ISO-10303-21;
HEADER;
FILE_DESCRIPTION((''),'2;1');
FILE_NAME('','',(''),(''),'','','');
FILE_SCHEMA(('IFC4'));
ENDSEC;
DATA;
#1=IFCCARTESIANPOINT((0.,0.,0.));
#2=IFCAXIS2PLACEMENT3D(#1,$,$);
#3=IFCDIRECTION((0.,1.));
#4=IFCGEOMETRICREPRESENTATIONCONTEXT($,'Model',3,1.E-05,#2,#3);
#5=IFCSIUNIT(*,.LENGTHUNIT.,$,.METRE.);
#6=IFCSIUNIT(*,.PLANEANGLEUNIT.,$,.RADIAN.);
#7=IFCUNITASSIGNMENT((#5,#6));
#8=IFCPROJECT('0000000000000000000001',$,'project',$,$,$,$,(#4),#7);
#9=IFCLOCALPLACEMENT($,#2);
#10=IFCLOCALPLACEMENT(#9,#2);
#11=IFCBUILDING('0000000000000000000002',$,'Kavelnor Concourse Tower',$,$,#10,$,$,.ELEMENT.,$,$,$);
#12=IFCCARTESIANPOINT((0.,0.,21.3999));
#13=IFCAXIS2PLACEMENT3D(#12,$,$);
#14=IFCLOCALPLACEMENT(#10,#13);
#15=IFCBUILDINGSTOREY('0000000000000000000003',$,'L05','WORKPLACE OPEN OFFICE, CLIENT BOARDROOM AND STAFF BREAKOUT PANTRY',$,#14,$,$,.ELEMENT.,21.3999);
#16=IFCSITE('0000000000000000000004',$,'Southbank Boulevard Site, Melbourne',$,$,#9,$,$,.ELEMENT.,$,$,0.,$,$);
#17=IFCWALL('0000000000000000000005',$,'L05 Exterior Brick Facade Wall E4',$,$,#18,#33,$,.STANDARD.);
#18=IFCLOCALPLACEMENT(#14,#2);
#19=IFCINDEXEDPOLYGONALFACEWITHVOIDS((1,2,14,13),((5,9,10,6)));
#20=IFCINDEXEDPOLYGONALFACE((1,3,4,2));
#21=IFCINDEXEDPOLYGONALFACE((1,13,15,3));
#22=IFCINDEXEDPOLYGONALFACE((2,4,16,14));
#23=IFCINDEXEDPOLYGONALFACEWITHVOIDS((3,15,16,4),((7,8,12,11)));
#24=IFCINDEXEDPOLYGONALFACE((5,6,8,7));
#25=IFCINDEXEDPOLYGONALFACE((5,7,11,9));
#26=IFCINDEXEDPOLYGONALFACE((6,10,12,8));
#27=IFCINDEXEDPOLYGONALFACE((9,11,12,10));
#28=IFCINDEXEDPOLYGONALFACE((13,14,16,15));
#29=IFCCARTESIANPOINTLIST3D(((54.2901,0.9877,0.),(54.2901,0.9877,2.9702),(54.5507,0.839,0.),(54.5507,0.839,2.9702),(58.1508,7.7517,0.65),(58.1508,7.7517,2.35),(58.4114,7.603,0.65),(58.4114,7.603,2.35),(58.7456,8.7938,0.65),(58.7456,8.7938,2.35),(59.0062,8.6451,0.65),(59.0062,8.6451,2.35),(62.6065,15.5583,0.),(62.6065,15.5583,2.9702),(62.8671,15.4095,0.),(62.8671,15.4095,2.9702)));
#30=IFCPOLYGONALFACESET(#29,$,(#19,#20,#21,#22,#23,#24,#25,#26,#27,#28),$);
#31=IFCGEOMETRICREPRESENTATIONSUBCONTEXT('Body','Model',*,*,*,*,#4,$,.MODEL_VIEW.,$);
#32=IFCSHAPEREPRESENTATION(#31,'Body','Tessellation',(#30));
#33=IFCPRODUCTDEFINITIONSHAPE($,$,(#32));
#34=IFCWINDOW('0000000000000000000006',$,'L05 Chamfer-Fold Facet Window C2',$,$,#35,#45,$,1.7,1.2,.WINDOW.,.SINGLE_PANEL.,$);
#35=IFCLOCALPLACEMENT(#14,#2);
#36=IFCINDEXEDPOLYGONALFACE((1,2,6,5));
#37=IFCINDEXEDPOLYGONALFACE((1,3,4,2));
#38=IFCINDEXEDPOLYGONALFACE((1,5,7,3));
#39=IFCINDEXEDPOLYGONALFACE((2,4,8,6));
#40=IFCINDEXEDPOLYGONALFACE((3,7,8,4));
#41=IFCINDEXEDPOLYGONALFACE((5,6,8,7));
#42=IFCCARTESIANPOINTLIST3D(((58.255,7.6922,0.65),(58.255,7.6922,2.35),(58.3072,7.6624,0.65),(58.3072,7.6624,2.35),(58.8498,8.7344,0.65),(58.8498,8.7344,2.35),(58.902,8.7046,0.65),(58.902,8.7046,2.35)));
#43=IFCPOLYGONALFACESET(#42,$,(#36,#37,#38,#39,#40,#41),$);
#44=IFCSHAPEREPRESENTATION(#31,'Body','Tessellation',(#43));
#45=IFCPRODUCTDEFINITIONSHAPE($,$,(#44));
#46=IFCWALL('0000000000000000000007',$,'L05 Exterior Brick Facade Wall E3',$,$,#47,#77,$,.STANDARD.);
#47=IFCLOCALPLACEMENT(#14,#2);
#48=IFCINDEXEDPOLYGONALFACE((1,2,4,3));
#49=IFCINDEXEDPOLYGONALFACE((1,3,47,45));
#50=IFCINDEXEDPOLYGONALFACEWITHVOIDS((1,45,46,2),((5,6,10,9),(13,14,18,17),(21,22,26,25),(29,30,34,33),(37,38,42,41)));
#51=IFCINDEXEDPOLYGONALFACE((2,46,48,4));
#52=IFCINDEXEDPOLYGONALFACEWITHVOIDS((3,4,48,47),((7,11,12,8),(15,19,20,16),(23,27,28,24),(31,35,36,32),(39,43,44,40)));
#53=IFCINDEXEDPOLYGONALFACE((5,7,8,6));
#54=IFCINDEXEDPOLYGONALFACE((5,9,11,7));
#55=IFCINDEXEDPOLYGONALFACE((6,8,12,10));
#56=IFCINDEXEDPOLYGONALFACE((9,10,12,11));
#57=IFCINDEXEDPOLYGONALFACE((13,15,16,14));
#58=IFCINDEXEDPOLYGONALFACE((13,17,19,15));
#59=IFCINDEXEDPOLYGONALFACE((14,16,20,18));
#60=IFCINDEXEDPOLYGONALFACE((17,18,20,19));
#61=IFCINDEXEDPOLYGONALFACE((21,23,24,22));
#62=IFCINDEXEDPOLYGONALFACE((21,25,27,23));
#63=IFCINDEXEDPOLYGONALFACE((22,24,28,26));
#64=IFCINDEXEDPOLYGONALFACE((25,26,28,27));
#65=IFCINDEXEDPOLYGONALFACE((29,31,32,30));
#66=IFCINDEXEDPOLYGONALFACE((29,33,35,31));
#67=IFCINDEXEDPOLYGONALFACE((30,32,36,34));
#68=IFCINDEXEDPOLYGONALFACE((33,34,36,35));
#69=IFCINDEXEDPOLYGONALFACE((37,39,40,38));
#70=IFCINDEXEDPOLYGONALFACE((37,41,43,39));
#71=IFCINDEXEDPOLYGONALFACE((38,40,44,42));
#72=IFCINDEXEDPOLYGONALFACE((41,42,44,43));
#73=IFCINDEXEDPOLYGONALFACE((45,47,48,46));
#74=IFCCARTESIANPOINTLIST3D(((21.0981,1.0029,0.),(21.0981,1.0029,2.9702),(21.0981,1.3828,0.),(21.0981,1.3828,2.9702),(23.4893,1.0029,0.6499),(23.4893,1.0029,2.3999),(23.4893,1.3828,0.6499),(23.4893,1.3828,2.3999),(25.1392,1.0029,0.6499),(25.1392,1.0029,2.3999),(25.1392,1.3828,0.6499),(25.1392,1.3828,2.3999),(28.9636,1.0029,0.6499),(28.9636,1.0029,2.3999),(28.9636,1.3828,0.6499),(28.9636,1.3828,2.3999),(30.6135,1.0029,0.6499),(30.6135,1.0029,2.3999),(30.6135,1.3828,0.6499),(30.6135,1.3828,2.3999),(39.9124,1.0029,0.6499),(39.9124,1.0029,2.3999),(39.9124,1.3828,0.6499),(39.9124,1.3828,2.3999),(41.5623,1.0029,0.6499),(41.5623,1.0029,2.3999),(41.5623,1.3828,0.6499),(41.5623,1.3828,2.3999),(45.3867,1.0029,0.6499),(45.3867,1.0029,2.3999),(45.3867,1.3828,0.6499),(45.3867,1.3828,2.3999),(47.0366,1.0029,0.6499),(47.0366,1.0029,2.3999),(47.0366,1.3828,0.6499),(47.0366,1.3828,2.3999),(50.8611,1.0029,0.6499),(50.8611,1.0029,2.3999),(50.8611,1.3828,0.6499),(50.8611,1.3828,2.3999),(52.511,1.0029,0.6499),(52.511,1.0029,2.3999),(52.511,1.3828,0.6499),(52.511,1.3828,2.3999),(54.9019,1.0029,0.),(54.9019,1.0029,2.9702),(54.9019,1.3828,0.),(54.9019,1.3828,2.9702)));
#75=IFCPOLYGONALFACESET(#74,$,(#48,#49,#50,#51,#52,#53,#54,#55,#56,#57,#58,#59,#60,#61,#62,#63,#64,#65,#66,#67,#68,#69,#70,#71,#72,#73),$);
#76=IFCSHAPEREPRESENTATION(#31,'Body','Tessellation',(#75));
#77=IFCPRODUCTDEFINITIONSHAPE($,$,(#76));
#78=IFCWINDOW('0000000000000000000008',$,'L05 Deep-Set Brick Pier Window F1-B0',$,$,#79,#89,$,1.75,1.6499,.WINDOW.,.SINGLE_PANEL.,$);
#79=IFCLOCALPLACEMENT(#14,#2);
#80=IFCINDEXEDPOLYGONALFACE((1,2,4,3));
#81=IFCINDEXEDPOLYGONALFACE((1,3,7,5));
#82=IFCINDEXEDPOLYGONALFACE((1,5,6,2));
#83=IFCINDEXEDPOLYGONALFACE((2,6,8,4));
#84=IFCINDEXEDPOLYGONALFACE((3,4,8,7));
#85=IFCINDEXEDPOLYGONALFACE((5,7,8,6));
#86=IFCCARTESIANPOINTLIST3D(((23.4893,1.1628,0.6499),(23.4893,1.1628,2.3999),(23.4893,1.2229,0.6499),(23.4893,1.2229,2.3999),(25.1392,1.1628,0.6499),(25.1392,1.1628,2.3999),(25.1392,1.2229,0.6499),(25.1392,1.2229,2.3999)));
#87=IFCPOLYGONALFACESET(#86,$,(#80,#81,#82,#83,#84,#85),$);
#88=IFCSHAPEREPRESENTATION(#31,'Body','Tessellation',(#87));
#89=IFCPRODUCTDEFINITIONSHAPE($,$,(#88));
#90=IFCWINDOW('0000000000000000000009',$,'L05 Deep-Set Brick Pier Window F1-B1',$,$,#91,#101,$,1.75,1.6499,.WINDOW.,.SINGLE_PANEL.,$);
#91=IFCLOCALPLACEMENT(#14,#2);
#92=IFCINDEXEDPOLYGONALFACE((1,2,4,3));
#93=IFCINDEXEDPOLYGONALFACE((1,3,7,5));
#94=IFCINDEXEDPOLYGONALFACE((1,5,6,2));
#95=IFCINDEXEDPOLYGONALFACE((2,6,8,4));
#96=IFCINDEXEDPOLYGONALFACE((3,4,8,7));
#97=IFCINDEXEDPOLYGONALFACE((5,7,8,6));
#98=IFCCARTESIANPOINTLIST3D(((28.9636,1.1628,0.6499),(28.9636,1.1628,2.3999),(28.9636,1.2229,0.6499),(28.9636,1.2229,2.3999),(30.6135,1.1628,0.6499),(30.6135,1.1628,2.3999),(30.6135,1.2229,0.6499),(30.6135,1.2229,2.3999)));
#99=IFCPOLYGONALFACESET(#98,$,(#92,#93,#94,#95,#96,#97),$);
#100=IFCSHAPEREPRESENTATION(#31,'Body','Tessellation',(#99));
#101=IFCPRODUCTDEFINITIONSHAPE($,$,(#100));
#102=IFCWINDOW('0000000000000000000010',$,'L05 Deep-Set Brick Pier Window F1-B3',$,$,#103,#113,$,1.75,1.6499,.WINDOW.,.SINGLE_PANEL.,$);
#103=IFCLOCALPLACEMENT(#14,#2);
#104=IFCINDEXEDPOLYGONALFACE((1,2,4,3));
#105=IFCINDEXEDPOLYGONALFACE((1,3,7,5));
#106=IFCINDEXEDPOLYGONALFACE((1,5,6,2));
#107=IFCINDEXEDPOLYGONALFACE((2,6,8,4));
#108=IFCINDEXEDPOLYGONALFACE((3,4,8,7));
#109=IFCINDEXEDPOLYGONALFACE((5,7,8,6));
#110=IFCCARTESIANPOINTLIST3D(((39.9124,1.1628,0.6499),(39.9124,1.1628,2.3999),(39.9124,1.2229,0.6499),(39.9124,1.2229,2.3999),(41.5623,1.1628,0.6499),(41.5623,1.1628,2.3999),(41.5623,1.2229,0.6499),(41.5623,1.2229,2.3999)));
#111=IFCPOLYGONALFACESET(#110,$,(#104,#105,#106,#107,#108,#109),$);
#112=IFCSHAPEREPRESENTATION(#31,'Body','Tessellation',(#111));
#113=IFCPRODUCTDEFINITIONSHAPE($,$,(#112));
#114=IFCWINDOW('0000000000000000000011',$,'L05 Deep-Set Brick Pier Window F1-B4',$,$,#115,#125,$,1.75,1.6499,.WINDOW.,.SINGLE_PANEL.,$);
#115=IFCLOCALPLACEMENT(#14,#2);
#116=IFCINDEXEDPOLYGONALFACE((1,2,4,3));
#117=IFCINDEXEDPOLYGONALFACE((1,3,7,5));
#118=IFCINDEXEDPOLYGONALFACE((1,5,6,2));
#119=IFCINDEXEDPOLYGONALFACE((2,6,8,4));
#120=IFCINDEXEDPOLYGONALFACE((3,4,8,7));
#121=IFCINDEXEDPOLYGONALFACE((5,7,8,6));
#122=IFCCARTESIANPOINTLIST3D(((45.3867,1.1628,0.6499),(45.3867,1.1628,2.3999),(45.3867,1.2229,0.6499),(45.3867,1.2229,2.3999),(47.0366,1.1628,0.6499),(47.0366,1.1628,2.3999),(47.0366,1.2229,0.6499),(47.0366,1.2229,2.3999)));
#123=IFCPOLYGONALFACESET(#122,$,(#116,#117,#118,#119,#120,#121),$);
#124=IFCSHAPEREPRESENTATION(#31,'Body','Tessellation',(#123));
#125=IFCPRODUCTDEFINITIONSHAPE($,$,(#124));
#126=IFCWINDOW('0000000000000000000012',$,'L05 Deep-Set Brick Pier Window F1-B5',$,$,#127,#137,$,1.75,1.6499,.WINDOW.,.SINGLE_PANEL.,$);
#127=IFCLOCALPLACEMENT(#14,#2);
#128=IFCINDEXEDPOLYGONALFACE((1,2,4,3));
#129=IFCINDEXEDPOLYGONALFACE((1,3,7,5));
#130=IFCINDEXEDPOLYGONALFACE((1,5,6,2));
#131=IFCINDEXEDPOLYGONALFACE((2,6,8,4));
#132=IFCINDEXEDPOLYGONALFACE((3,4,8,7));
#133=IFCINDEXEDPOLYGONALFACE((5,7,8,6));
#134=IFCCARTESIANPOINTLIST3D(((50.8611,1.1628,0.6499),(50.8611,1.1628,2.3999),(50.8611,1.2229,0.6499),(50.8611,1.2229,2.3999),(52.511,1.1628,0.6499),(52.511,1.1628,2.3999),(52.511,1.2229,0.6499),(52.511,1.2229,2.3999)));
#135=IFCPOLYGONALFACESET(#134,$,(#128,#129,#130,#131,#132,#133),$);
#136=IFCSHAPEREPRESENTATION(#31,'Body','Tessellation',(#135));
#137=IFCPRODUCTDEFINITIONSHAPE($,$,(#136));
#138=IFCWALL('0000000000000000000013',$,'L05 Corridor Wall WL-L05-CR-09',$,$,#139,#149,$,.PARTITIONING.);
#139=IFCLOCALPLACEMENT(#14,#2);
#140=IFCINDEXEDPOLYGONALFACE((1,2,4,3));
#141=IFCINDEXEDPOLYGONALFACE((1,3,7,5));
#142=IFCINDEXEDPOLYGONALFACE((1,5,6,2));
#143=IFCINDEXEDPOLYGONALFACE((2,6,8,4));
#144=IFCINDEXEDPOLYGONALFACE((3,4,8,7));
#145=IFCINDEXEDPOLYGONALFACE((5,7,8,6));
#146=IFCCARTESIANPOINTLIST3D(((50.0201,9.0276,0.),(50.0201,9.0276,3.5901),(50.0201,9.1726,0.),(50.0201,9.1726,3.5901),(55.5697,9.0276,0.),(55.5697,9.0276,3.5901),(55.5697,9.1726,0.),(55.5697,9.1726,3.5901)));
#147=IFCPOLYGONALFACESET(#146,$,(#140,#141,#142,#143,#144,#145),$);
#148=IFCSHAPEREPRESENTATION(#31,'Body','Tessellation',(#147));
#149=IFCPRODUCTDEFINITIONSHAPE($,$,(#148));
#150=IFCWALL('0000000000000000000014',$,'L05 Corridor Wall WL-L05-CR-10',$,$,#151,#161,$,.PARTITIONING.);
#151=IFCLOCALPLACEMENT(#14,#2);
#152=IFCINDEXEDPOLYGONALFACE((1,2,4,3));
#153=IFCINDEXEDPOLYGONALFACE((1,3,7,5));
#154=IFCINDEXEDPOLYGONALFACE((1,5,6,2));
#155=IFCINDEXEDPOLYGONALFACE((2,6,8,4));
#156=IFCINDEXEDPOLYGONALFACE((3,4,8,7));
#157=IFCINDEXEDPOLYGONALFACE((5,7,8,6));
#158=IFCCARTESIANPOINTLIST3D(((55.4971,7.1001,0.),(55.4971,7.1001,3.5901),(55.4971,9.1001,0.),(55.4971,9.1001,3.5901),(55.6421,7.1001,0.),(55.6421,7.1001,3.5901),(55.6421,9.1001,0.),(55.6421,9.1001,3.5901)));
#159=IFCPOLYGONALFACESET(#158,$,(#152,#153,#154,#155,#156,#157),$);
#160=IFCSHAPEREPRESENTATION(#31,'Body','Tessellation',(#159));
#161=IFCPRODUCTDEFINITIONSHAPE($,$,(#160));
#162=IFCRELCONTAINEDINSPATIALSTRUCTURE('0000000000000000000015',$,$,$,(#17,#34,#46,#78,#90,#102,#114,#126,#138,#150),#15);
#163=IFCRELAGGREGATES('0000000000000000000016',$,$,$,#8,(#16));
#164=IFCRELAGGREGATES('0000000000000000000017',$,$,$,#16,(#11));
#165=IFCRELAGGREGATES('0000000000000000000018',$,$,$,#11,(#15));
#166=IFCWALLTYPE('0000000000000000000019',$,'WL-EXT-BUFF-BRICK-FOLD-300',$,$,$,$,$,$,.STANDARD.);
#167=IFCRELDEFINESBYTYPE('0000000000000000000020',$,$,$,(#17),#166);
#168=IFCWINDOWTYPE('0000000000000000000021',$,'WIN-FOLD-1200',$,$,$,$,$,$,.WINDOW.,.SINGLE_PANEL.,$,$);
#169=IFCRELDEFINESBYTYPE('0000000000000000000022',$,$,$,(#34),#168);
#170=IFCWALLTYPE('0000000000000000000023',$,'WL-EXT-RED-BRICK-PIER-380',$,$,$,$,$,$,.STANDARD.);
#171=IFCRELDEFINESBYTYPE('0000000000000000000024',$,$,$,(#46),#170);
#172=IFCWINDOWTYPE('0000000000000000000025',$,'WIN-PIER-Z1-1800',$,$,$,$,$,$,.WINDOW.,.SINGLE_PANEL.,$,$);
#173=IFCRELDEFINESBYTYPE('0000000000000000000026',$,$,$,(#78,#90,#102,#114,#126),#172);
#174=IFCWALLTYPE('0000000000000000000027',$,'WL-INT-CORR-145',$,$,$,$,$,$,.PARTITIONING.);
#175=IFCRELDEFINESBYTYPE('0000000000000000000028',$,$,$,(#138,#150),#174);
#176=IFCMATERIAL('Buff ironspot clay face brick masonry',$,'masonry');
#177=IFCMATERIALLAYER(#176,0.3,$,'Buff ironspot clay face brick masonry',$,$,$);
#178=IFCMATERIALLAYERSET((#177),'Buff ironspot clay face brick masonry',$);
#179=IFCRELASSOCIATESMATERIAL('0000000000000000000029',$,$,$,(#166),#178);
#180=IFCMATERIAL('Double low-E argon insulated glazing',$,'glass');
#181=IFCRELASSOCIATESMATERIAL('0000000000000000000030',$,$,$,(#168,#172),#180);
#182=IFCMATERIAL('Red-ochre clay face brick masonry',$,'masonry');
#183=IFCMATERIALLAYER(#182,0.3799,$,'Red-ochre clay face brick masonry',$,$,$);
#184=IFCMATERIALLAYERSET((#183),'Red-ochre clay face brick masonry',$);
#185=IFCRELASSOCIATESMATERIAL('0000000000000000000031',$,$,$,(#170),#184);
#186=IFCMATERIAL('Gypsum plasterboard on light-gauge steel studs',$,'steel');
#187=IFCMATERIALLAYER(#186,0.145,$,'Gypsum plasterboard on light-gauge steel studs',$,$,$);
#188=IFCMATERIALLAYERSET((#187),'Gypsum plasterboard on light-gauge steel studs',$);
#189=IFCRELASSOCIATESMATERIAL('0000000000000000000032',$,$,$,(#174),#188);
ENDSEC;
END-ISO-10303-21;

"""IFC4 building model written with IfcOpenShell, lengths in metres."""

from ifc_helpers import new_model, si_unit, direction, frame, frame_2d, origin, place, context, subcontext, project, spatial, rectangle, extrude, material, layer, layer_set, type_object, element, fill, save


model = new_model("IFC4")

# Units and contexts
model_context = context("Model", 3, precision=1e-05, world=origin(), true_north=direction((0.0, 1.0)))
body_context = subcontext(model_context, "Body", "Model", "MODEL_VIEW")
ifc_project = project(units=[si_unit("LENGTHUNIT", "METRE"), si_unit("PLANEANGLEUNIT", "RADIAN")], contexts=[model_context])

# Site, building, storey
site_placement = place(None, origin())
site = spatial("IfcSite", under=ifc_project, at=site_placement, Name="Southbank Boulevard Site, Melbourne", CompositionType="ELEMENT", RefElevation=0.0)
building_placement = place(site_placement, origin())
building = spatial("IfcBuilding", under=site, at=building_placement, Name="Kavelnor Concourse Tower", CompositionType="ELEMENT")
storey_placement = place(building_placement, frame((0.0, 0.0, 21.3999)))
storey = spatial("IfcBuildingStorey", under=building, at=storey_placement, Name="L05", Description="WORKPLACE OPEN OFFICE, CLIENT BOARDROOM AND STAFF BREAKOUT PANTRY", CompositionType="ELEMENT", Elevation=21.3999)

# Wall, opening, window
ifc_material_1 = material(Name="Buff ironspot clay face brick masonry", Category="masonry")
ifc_layer_1 = layer(ifc_material_1, 0.3, Name="Buff ironspot clay face brick masonry")
ifc_layer_set_1 = layer_set([ifc_layer_1], Name="Buff ironspot clay face brick masonry")
wall_type_1 = type_object("IfcWallType", Name="WL-EXT-BUFF-BRICK-FOLD-300", PredefinedType="STANDARD", material=ifc_layer_set_1)
wall_1_placement = place(storey_placement, frame((62.7368, 15.4839, 0.0), z_axis=(0.0, 0.0, 1.0), x_axis=(-0.495706, -0.86849, 0.0)))
wall_1 = element("IfcWall", 1, at=wall_1_placement, inside=storey, type_object=wall_type_1, Name="L05 Exterior Brick Facade Wall E4", PredefinedType="STANDARD", context=body_context, shape_type="SweptSolid", body=[
    extrude(rectangle(XDim=16.7769, YDim=0.3, at=frame_2d((8.3884, 0.0))), origin(), (0.0, 0.0, 1.0), 2.9702),
])
opening_1_placement = place(wall_1_placement, frame((7.7886, 0.0, 0.6499)))
opening_1 = element("IfcOpeningElement", 2, at=opening_1_placement, cuts=wall_1, PredefinedType="OPENING", context=body_context, shape_type="SweptSolid", body=[
    extrude(rectangle(XDim=1.2, YDim=1.7, at=frame_2d((0.6001, 0.8501))), frame((0.0, 0.1602, 0.0), z_axis=(0.0, -1.0, 0.0), x_axis=(1.0, 0.0, 0.0)), (0.0, 0.0, 1.0), 0.3201),
])
ifc_material_2 = material(Name="Double low-E argon insulated glazing", Category="glass")
window_type_1 = type_object("IfcWindowType", Name="WIN-FOLD-1200", PartitioningType="SINGLE_PANEL", PredefinedType="WINDOW", material=ifc_material_2)
window_1_placement = place(opening_1_placement, origin())
window_1 = element("IfcWindow", 3, at=window_1_placement, inside=storey, type_object=window_type_1, Name="L05 Chamfer-Fold Facet Window C2", OverallHeight=1.7, OverallWidth=1.2, PartitioningType="SINGLE_PANEL", PredefinedType="WINDOW", context=body_context, shape_type="SweptSolid", body=[
    extrude(rectangle(XDim=1.2, YDim=1.7, at=frame_2d((0.6001, 0.8501))), frame((0.0, 0.03, 0.0), z_axis=(0.0, -1.0, 0.0), x_axis=(1.0, 0.0, 0.0)), (0.0, 0.0, 1.0), 0.0601),
])
fill(opening_1, window_1)

# Wall, openings, windows
ifc_material_3 = material(Name="Red-ochre clay face brick masonry", Category="masonry")
ifc_layer_2 = layer(ifc_material_3, 0.3799, Name="Red-ochre clay face brick masonry")
ifc_layer_set_2 = layer_set([ifc_layer_2], Name="Red-ochre clay face brick masonry")
wall_type_2 = type_object("IfcWallType", Name="WL-EXT-RED-BRICK-PIER-380", PredefinedType="STANDARD", material=ifc_layer_set_2)
wall_2_placement = place(storey_placement, frame((54.9019, 1.1929, 0.0), z_axis=(0.0, 0.0, 1.0), x_axis=(-1.0, 0.0, 0.0)))
wall_2 = element("IfcWall", 4, at=wall_2_placement, inside=storey, type_object=wall_type_2, Name="L05 Exterior Brick Facade Wall E3", PredefinedType="STANDARD", context=body_context, shape_type="SweptSolid", body=[
    extrude(rectangle(XDim=33.8037, YDim=0.3799, at=frame_2d((16.9019, 0.0))), origin(), (0.0, 0.0, 1.0), 2.9702),
])
opening_2_placement = place(wall_2_placement, frame((29.7627, 0.0, 0.6499)))
opening_2 = element("IfcOpeningElement", 5, at=opening_2_placement, cuts=wall_2, PredefinedType="OPENING", context=body_context, shape_type="SweptSolid", body=[
    extrude(rectangle(XDim=1.6499, YDim=1.75, at=frame_2d((0.825, 0.875))), frame((0.0, 0.2, 0.0), z_axis=(0.0, -1.0, 0.0), x_axis=(1.0, 0.0, 0.0)), (0.0, 0.0, 1.0), 0.3999),
])
opening_3_placement = place(wall_2_placement, frame((24.2883, 0.0, 0.6499)))
opening_3 = element("IfcOpeningElement", 6, at=opening_3_placement, cuts=wall_2, PredefinedType="OPENING", context=body_context, shape_type="SweptSolid", body=[
    extrude(rectangle(XDim=1.6499, YDim=1.75, at=frame_2d((0.825, 0.875))), frame((0.0, 0.2, 0.0), z_axis=(0.0, -1.0, 0.0), x_axis=(1.0, 0.0, 0.0)), (0.0, 0.0, 1.0), 0.3999),
])
opening_4_placement = place(wall_2_placement, frame((13.3396, 0.0, 0.6499)))
opening_4 = element("IfcOpeningElement", 7, at=opening_4_placement, cuts=wall_2, PredefinedType="OPENING", context=body_context, shape_type="SweptSolid", body=[
    extrude(rectangle(XDim=1.6499, YDim=1.75, at=frame_2d((0.825, 0.875))), frame((0.0, 0.2, 0.0), z_axis=(0.0, -1.0, 0.0), x_axis=(1.0, 0.0, 0.0)), (0.0, 0.0, 1.0), 0.3999),
])
opening_5_placement = place(wall_2_placement, frame((7.8652, 0.0, 0.6499)))
opening_5 = element("IfcOpeningElement", 8, at=opening_5_placement, cuts=wall_2, PredefinedType="OPENING", context=body_context, shape_type="SweptSolid", body=[
    extrude(rectangle(XDim=1.6499, YDim=1.75, at=frame_2d((0.825, 0.875))), frame((0.0, 0.2, 0.0), z_axis=(0.0, -1.0, 0.0), x_axis=(1.0, 0.0, 0.0)), (0.0, 0.0, 1.0), 0.3999),
])
opening_6_placement = place(wall_2_placement, frame((2.3909, 0.0, 0.6499)))
opening_6 = element("IfcOpeningElement", 9, at=opening_6_placement, cuts=wall_2, PredefinedType="OPENING", context=body_context, shape_type="SweptSolid", body=[
    extrude(rectangle(XDim=1.6499, YDim=1.75, at=frame_2d((0.825, 0.875))), frame((0.0, 0.2, 0.0), z_axis=(0.0, -1.0, 0.0), x_axis=(1.0, 0.0, 0.0)), (0.0, 0.0, 1.0), 0.3999),
])
window_type_2 = type_object("IfcWindowType", Name="WIN-PIER-Z1-1800", PartitioningType="SINGLE_PANEL", PredefinedType="WINDOW", material=ifc_material_2)
window_2_placement = place(opening_2_placement, origin())
window_2 = element("IfcWindow", 10, at=window_2_placement, inside=storey, type_object=window_type_2, Name="L05 Deep-Set Brick Pier Window F1-B0", OverallHeight=1.75, OverallWidth=1.6499, PartitioningType="SINGLE_PANEL", PredefinedType="WINDOW", context=body_context, shape_type="SweptSolid", body=[
    extrude(rectangle(XDim=1.6499, YDim=1.75, at=frame_2d((0.825, 0.875))), frame((0.0, 0.03, 0.0), z_axis=(0.0, -1.0, 0.0), x_axis=(1.0, 0.0, 0.0)), (0.0, 0.0, 1.0), 0.0601),
])
fill(opening_2, window_2)
window_3_placement = place(opening_3_placement, origin())
window_3 = element("IfcWindow", 11, at=window_3_placement, inside=storey, type_object=window_type_2, Name="L05 Deep-Set Brick Pier Window F1-B1", OverallHeight=1.75, OverallWidth=1.6499, PartitioningType="SINGLE_PANEL", PredefinedType="WINDOW", context=body_context, shape_type="SweptSolid", body=[
    extrude(rectangle(XDim=1.6499, YDim=1.75, at=frame_2d((0.825, 0.875))), frame((0.0, 0.03, 0.0), z_axis=(0.0, -1.0, 0.0), x_axis=(1.0, 0.0, 0.0)), (0.0, 0.0, 1.0), 0.0601),
])
fill(opening_3, window_3)
window_4_placement = place(opening_4_placement, origin())
window_4 = element("IfcWindow", 12, at=window_4_placement, inside=storey, type_object=window_type_2, Name="L05 Deep-Set Brick Pier Window F1-B3", OverallHeight=1.75, OverallWidth=1.6499, PartitioningType="SINGLE_PANEL", PredefinedType="WINDOW", context=body_context, shape_type="SweptSolid", body=[
    extrude(rectangle(XDim=1.6499, YDim=1.75, at=frame_2d((0.825, 0.875))), frame((0.0, 0.03, 0.0), z_axis=(0.0, -1.0, 0.0), x_axis=(1.0, 0.0, 0.0)), (0.0, 0.0, 1.0), 0.0601),
])
fill(opening_4, window_4)
window_5_placement = place(opening_5_placement, origin())
window_5 = element("IfcWindow", 13, at=window_5_placement, inside=storey, type_object=window_type_2, Name="L05 Deep-Set Brick Pier Window F1-B4", OverallHeight=1.75, OverallWidth=1.6499, PartitioningType="SINGLE_PANEL", PredefinedType="WINDOW", context=body_context, shape_type="SweptSolid", body=[
    extrude(rectangle(XDim=1.6499, YDim=1.75, at=frame_2d((0.825, 0.875))), frame((0.0, 0.03, 0.0), z_axis=(0.0, -1.0, 0.0), x_axis=(1.0, 0.0, 0.0)), (0.0, 0.0, 1.0), 0.0601),
])
fill(opening_5, window_5)
window_6_placement = place(opening_6_placement, origin())
window_6 = element("IfcWindow", 14, at=window_6_placement, inside=storey, type_object=window_type_2, Name="L05 Deep-Set Brick Pier Window F1-B5", OverallHeight=1.75, OverallWidth=1.6499, PartitioningType="SINGLE_PANEL", PredefinedType="WINDOW", context=body_context, shape_type="SweptSolid", body=[
    extrude(rectangle(XDim=1.6499, YDim=1.75, at=frame_2d((0.825, 0.875))), frame((0.0, 0.03, 0.0), z_axis=(0.0, -1.0, 0.0), x_axis=(1.0, 0.0, 0.0)), (0.0, 0.0, 1.0), 0.0601),
])
fill(opening_6, window_6)

# Walls
ifc_material_4 = material(Name="Gypsum plasterboard on light-gauge steel studs", Category="steel")
ifc_layer_3 = layer(ifc_material_4, 0.145, Name="Gypsum plasterboard on light-gauge steel studs")
ifc_layer_set_3 = layer_set([ifc_layer_3], Name="Gypsum plasterboard on light-gauge steel studs")
wall_type_3 = type_object("IfcWallType", Name="WL-INT-CORR-145", PredefinedType="PARTITIONING", material=ifc_layer_set_3)
wall_3_placement = place(storey_placement, frame((50.02, 9.1001, 0.0), z_axis=(0.0, 0.0, 1.0), x_axis=(1.0, 0.0, 0.0)))
element("IfcWall", 15, at=wall_3_placement, inside=storey, type_object=wall_type_3, Name="L05 Corridor Wall WL-L05-CR-09", PredefinedType="PARTITIONING", context=body_context, shape_type="SweptSolid", body=[
    extrude(rectangle(XDim=5.5496, YDim=0.145, at=frame_2d((2.7749, 0.0))), origin(), (0.0, 0.0, 1.0), 3.5901),
])
wall_4_placement = place(storey_placement, frame((55.5696, 9.1001, 0.0), z_axis=(0.0, 0.0, 1.0), x_axis=(0.0, -1.0, 0.0)))
element("IfcWall", 16, at=wall_4_placement, inside=storey, type_object=wall_type_3, Name="L05 Corridor Wall WL-L05-CR-10", PredefinedType="PARTITIONING", context=body_context, shape_type="SweptSolid", body=[
    extrude(rectangle(XDim=2.0, YDim=0.145, at=frame_2d((1.0, 0.0))), origin(), (0.0, 0.0, 1.0), 3.5901),
])

save(model, "model.ifc")
